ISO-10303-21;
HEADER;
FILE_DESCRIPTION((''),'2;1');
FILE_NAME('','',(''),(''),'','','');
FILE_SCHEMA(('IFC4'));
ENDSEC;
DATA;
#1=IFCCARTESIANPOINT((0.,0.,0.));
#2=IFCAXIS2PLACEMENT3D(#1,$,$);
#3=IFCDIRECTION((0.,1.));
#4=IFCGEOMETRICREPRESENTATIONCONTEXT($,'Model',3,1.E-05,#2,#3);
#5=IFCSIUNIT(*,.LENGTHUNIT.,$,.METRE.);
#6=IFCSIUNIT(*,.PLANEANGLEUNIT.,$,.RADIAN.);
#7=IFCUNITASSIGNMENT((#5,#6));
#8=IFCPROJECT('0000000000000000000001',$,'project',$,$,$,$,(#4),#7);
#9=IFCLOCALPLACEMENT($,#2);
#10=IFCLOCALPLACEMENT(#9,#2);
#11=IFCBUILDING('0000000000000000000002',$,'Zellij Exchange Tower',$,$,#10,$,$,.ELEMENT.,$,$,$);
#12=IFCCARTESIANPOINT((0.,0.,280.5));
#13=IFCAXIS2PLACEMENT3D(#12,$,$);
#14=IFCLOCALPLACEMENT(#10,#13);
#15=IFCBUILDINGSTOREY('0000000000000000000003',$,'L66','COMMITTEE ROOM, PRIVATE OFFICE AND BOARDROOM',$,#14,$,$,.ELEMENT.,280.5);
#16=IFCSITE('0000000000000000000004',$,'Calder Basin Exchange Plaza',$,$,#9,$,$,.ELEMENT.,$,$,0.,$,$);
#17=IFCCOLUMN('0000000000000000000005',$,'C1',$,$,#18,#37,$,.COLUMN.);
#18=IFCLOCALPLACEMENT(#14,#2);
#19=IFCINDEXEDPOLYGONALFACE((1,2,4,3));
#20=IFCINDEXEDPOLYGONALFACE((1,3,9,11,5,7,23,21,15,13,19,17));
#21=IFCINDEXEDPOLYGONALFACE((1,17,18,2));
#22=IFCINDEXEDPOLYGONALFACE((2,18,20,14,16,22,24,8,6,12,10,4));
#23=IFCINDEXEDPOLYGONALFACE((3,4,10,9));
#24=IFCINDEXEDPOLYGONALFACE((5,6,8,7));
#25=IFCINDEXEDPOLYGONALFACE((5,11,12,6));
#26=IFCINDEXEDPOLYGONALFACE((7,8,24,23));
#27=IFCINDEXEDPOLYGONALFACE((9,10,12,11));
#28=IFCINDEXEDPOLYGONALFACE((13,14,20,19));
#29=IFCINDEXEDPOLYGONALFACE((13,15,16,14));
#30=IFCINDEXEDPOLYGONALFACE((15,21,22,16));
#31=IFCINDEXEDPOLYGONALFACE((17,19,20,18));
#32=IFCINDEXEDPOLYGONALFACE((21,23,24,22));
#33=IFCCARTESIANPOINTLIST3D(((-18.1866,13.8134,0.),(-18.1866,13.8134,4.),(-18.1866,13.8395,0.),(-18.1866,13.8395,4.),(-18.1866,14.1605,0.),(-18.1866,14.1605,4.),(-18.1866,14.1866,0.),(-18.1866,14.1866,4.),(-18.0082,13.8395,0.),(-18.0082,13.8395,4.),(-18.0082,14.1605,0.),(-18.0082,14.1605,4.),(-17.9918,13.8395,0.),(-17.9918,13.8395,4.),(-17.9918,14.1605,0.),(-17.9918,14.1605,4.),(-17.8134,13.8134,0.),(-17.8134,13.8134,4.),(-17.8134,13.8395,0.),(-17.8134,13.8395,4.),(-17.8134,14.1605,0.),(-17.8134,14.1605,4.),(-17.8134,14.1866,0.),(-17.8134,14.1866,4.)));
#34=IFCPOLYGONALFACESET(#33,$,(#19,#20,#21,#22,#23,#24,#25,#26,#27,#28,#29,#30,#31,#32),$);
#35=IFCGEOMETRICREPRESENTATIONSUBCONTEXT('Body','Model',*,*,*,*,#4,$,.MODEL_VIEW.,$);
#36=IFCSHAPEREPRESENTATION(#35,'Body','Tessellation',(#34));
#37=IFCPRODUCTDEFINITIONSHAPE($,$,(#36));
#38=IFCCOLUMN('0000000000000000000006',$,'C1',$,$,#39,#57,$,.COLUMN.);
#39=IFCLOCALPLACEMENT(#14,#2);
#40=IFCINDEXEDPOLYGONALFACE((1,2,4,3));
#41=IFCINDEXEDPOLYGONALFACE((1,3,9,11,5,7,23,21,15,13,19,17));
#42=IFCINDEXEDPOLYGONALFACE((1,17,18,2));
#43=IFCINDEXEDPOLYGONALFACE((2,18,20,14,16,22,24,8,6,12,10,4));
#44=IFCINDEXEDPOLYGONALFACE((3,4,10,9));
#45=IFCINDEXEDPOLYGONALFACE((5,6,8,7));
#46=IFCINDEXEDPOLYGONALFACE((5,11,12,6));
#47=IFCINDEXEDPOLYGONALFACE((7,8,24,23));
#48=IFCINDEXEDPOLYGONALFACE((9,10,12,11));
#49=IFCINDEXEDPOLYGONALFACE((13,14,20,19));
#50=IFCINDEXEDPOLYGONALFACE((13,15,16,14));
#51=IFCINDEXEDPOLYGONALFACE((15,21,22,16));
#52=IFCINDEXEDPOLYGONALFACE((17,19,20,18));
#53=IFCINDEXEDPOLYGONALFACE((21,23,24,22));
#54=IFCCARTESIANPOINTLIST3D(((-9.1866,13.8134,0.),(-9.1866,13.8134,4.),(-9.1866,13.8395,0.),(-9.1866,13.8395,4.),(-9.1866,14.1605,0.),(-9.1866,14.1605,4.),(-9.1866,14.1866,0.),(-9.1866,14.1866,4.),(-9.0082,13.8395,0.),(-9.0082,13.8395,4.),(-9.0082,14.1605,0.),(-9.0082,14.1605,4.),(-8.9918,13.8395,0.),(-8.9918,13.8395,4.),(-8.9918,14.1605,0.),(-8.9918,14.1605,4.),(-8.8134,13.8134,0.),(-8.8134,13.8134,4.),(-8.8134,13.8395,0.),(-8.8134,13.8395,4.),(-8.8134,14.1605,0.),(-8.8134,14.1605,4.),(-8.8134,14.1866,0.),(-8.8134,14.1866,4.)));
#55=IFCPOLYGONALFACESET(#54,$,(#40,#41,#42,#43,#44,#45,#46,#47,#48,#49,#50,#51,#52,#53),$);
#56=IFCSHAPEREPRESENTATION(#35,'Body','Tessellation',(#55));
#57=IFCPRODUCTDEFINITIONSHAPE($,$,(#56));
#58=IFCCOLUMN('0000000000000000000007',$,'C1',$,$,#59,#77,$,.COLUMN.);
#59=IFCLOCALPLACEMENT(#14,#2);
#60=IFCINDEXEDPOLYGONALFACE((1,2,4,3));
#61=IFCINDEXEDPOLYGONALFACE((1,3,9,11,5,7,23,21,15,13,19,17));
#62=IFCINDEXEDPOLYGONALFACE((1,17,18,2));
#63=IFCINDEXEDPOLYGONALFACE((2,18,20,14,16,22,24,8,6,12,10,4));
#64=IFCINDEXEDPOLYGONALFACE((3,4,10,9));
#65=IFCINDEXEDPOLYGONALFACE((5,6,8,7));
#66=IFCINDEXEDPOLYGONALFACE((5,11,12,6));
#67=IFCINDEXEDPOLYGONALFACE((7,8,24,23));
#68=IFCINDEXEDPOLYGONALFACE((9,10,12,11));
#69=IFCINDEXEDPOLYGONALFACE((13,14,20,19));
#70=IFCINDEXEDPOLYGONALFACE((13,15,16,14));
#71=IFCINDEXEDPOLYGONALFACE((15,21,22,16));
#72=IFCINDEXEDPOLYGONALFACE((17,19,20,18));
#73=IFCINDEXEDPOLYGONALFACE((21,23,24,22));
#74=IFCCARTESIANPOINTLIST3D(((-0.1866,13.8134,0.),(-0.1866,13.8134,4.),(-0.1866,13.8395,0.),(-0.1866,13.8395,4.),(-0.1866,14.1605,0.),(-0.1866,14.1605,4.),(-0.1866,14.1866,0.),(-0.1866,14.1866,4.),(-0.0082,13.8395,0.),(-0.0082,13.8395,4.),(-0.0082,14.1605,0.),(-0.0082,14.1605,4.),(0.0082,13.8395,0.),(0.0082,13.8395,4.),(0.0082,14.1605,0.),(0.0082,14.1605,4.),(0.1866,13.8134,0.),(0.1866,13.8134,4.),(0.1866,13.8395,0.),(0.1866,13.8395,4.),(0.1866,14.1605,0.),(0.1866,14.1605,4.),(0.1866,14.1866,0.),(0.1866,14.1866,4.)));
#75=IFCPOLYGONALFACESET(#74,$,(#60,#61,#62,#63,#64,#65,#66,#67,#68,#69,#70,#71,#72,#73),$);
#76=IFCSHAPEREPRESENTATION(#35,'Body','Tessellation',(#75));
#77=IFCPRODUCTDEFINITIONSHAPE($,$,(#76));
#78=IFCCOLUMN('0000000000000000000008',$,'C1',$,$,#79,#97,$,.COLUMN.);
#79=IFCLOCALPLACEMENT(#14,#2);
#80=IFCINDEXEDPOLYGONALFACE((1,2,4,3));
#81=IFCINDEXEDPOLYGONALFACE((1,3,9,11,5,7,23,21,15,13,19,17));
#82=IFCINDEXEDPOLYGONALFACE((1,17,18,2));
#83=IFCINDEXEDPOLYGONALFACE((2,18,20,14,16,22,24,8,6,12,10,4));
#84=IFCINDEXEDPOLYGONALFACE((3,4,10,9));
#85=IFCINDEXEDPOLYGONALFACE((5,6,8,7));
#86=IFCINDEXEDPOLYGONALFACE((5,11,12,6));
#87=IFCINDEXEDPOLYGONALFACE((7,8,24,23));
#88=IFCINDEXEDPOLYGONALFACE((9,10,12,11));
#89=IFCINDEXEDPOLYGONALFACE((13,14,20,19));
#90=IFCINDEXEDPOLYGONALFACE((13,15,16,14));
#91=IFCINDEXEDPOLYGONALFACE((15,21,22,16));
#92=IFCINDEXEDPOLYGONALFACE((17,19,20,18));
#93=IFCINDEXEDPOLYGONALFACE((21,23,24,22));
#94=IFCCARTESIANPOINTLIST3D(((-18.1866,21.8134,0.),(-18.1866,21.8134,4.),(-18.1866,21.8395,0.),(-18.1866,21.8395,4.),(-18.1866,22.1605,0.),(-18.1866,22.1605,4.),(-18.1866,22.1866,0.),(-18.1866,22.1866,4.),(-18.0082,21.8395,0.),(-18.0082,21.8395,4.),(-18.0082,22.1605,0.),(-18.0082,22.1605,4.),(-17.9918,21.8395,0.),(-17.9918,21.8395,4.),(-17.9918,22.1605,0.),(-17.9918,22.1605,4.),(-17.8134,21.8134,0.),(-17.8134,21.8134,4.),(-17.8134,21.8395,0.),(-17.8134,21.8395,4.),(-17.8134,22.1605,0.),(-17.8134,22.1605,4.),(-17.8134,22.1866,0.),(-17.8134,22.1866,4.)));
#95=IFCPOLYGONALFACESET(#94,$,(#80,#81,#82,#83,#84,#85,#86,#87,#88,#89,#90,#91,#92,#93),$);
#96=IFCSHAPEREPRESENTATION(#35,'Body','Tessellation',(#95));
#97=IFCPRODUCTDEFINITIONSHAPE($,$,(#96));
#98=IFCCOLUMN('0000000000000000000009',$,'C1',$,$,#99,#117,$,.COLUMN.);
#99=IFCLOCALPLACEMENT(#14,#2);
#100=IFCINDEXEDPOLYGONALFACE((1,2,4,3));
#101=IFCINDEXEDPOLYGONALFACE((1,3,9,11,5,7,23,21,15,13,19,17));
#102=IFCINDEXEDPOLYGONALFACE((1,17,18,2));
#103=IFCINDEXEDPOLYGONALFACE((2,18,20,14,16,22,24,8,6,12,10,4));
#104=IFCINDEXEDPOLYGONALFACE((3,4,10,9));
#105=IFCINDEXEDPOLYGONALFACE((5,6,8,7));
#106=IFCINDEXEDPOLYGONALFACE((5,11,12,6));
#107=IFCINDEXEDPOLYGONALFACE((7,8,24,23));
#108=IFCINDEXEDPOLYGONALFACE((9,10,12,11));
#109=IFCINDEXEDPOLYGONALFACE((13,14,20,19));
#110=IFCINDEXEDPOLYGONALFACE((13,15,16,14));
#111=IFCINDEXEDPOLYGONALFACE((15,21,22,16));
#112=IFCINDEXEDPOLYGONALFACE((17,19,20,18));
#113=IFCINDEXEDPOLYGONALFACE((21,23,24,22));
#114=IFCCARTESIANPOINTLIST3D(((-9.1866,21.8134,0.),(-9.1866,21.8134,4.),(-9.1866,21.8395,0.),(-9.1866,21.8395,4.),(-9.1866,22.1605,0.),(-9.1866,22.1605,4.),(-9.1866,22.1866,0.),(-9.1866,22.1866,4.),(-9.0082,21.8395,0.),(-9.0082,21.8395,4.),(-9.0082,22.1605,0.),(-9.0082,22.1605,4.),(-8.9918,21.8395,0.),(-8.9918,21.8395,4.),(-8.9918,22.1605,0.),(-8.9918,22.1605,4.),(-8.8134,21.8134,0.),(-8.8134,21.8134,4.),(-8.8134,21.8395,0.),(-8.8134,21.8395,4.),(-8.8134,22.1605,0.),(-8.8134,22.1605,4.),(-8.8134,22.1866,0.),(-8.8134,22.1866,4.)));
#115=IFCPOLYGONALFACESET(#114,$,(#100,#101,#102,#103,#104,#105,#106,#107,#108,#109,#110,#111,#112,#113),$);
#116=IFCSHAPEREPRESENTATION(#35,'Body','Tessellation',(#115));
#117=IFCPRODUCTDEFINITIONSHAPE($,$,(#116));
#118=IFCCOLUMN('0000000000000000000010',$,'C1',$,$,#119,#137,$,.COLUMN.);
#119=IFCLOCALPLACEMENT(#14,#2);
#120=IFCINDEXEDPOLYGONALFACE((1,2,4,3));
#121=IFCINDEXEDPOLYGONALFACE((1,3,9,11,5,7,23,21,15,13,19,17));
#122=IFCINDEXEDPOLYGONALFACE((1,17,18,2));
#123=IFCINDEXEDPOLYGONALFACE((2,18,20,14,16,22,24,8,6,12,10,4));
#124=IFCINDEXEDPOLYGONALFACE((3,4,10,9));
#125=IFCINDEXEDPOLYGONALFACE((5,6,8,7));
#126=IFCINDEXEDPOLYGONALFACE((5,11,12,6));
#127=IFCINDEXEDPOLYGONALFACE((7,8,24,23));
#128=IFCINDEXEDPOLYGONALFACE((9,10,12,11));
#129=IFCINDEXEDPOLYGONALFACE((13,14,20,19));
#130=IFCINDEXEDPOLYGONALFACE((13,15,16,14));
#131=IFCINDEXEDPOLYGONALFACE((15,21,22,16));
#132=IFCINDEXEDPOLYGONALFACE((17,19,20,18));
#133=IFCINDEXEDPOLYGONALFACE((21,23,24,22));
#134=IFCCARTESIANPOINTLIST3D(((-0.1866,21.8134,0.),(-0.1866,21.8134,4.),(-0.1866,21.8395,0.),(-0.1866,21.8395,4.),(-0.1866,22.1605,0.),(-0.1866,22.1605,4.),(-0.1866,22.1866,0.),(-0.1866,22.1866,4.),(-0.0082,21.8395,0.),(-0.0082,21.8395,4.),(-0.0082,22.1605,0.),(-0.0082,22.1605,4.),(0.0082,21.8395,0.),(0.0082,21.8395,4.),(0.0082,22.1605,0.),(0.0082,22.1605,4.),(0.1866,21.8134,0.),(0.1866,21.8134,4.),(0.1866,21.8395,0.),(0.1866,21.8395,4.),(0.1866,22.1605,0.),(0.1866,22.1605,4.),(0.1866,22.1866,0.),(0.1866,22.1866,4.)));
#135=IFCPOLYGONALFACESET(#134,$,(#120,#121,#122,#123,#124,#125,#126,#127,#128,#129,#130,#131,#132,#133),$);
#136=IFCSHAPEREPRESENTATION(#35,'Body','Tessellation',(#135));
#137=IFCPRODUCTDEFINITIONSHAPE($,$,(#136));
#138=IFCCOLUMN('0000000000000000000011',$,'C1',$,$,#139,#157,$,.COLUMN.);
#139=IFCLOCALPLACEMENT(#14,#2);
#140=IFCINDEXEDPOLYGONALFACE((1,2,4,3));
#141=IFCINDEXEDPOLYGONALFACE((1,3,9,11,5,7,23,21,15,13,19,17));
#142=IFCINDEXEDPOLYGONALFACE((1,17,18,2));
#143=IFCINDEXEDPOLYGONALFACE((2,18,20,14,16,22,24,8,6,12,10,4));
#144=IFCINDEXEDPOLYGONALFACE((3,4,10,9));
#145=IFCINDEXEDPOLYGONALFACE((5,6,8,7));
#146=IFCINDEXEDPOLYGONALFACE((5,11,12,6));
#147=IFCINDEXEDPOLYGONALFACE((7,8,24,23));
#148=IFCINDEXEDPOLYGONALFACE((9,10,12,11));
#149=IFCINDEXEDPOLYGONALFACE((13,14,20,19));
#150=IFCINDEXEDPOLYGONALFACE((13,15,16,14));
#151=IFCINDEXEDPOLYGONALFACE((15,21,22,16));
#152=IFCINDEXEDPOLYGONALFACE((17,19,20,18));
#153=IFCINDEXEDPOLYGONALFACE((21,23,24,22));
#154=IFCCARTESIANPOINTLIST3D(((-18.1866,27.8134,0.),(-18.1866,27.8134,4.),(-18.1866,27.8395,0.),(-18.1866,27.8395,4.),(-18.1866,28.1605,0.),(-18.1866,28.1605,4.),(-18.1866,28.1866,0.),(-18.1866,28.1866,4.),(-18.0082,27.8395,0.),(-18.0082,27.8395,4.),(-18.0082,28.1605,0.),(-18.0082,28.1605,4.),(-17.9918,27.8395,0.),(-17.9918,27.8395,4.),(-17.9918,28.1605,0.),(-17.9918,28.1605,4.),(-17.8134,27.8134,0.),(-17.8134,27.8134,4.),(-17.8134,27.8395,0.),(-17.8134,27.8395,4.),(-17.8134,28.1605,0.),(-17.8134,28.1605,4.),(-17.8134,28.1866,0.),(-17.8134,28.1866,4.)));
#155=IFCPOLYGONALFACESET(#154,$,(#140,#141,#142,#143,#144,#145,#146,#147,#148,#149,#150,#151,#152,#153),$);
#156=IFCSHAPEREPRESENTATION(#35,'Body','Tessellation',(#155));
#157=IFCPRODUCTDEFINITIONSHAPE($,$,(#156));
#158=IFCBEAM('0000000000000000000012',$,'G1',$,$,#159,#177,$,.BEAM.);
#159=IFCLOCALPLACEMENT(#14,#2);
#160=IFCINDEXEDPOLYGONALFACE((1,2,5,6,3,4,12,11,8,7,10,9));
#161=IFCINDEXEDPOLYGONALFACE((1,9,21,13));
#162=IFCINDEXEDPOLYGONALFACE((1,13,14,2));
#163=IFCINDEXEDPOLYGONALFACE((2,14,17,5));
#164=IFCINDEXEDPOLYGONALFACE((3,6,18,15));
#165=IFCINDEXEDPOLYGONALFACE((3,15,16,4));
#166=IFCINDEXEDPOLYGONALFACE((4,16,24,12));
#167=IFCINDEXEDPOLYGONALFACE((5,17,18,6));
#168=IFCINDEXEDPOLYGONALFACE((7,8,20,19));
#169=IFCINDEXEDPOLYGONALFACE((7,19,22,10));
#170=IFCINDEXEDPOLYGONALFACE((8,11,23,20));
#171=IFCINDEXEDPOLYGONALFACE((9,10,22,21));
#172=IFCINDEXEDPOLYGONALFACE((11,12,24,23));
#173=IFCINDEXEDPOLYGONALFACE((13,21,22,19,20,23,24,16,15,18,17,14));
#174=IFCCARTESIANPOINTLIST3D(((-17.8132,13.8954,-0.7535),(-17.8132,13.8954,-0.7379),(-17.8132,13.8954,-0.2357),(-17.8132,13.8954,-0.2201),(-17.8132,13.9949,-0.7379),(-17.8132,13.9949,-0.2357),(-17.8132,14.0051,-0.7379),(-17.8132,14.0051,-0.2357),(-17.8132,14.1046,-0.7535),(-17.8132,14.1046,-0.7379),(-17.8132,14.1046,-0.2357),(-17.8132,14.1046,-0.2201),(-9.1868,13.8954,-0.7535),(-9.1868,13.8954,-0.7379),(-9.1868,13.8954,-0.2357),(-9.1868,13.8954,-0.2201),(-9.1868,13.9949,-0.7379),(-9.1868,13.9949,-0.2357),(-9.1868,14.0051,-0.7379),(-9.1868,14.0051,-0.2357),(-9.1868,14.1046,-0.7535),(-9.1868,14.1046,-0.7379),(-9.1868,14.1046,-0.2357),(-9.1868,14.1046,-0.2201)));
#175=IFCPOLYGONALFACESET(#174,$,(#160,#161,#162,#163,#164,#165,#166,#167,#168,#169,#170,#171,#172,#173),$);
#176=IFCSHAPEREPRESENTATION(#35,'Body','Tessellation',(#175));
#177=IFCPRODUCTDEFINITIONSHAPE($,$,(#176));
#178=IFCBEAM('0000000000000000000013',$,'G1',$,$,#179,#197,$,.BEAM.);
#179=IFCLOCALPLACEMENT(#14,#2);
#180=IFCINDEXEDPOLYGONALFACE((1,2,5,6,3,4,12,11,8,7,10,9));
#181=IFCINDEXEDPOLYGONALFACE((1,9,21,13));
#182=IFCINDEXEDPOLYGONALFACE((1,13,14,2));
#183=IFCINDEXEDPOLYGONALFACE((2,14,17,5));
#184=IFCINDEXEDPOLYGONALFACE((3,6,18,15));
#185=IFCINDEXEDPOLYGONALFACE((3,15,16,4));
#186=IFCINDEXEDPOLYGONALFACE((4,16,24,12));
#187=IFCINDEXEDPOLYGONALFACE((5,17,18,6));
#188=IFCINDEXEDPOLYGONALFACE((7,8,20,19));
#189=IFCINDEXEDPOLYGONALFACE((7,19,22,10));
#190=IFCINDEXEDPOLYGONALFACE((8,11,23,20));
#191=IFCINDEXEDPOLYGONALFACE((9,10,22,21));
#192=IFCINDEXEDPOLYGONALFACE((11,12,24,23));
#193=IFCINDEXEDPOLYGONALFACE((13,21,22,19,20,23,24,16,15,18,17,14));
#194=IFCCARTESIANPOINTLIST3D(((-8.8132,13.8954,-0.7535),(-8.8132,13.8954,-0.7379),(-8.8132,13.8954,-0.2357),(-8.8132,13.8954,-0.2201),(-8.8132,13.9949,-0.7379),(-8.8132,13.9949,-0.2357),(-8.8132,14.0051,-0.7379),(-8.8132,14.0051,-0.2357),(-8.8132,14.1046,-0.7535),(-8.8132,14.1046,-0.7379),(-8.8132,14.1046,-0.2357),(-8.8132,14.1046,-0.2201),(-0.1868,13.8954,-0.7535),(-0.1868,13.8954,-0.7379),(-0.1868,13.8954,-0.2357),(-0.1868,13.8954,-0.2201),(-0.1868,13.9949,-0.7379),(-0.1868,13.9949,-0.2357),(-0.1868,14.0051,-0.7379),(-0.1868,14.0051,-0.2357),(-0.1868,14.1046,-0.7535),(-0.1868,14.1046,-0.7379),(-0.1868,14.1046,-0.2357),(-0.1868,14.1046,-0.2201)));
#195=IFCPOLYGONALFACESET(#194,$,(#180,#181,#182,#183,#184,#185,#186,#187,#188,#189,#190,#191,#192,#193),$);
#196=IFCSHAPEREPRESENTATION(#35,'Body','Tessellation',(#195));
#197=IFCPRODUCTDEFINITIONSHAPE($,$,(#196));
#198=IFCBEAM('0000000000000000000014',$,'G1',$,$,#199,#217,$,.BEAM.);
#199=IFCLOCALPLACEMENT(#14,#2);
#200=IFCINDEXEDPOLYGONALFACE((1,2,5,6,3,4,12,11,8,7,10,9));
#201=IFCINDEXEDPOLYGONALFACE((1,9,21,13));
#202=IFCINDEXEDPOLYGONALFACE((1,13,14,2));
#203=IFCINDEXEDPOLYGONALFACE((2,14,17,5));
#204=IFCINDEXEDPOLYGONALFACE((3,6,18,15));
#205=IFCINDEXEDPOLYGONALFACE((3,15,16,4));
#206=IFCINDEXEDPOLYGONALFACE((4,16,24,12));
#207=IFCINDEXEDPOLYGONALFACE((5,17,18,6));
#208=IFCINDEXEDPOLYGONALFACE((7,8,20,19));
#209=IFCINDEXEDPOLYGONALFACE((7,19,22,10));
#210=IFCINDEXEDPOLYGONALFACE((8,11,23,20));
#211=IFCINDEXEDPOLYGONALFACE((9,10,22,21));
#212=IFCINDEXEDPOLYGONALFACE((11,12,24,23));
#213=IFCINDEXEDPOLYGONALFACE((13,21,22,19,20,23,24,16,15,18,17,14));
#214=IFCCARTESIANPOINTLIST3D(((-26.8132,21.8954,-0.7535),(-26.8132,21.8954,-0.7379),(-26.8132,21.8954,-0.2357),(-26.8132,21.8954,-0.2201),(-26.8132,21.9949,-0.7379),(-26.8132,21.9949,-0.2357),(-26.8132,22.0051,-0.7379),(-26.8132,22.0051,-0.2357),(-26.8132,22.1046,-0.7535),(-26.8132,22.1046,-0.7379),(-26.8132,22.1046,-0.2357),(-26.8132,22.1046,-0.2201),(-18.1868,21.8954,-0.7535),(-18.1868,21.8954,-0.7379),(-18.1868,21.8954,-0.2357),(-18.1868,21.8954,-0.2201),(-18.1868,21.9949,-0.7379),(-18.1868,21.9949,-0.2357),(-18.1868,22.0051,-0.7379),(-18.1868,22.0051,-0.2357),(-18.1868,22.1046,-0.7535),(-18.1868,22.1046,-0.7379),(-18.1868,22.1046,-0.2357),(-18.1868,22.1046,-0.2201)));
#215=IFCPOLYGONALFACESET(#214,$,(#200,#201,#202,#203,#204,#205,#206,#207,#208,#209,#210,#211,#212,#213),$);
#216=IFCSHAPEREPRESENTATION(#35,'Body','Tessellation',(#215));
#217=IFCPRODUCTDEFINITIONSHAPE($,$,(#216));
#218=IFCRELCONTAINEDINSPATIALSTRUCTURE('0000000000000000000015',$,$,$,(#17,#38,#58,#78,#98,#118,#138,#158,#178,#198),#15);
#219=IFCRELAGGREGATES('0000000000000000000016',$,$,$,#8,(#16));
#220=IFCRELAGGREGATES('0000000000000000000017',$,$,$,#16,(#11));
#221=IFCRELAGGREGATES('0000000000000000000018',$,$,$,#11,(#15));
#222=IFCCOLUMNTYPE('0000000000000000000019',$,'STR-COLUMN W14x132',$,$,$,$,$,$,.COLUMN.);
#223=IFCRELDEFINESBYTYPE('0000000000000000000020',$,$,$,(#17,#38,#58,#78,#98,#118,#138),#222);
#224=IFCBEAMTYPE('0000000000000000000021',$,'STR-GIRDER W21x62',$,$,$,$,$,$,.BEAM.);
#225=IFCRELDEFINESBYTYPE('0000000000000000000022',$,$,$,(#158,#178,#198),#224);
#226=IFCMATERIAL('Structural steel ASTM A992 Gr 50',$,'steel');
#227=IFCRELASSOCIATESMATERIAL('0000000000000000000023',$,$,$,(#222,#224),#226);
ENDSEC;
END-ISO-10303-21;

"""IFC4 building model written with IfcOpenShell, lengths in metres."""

from ifc_helpers import new_model, si_unit, direction, frame, origin, origin_2d, place, context, subcontext, project, spatial, i_section, extrude, material, material_profile, profile_set, type_object, element, save


model = new_model("IFC4")

# Units and contexts
model_context = context("Model", 3, precision=1e-05, world=origin(), true_north=direction((0.0, 1.0)))
body_context = subcontext(model_context, "Body", "Model", "MODEL_VIEW")
ifc_project = project(units=[si_unit("LENGTHUNIT", "METRE"), si_unit("PLANEANGLEUNIT", "RADIAN")], contexts=[model_context])

# Site, building, storey
site_placement = place(None, origin())
site = spatial("IfcSite", under=ifc_project, at=site_placement, Name="Calder Basin Exchange Plaza", CompositionType="ELEMENT", RefElevation=0.0)
building_placement = place(site_placement, origin())
building = spatial("IfcBuilding", under=site, at=building_placement, Name="Zellij Exchange Tower", CompositionType="ELEMENT")
storey_placement = place(building_placement, frame((0.0, 0.0, 280.5)))
storey = spatial("IfcBuildingStorey", under=building, at=storey_placement, Name="L66", Description="COMMITTEE ROOM, PRIVATE OFFICE AND BOARDROOM", CompositionType="ELEMENT", Elevation=280.5)

# Columns
ifc_material_1 = material(Name="Structural steel ASTM A992 Gr 50", Category="steel")
ifc_material_profile_1 = material_profile(ifc_material_1, i_section(OverallWidth=0.3733, OverallDepth=0.3733, WebThickness=0.0164, FlangeThickness=0.0261, at=origin_2d()), Name="W14x132")
ifc_profile_set_1 = profile_set([ifc_material_profile_1], Name="Structural steel ASTM A992 Gr 50")
column_type = type_object("IfcColumnType", Name="STR-COLUMN W14x132", PredefinedType="COLUMN", material=ifc_profile_set_1)
for number, where, z_axis, x_axis, name in (
    (1, (-18.0, 14.0, 0.0), (0.0, 0.0, 1.0), (1.0, 0.0, 0.0), "C1"),
    (2, (-9.0, 14.0, 0.0), (0.0, 0.0, 1.0), (1.0, 0.0, 0.0), "C1"),
    (3, (0.0, 14.0, 0.0), (0.0, 0.0, 1.0), (1.0, 0.0, 0.0), "C1"),
    (4, (-18.0, 22.0, 0.0), (0.0, 0.0, 1.0), (1.0, 0.0, 0.0), "C1"),
    (5, (-9.0, 22.0, 0.0), (0.0, 0.0, 1.0), (1.0, 0.0, 0.0), "C1"),
    (6, (0.0, 22.0, 0.0), (0.0, 0.0, 1.0), (1.0, 0.0, 0.0), "C1"),
    (7, (-18.0, 28.0, 0.0), (0.0, 0.0, 1.0), (1.0, 0.0, 0.0), "C1"),
):
    element("IfcColumn", number, at=place(storey_placement, frame(where, z_axis=z_axis, x_axis=x_axis)), inside=storey, type_object=column_type, Name=name, PredefinedType="COLUMN", context=body_context, shape_type="SweptSolid", body=[
        extrude(i_section(OverallWidth=0.3733, OverallDepth=0.3733, WebThickness=0.0164, FlangeThickness=0.0261, at=origin_2d()), origin(), (0.0, 0.0, 1.0), 4.0),
    ])

# Beams
ifc_material_profile_2 = material_profile(ifc_material_1, i_section(OverallWidth=0.2092, OverallDepth=0.5334, WebThickness=0.0103, FlangeThickness=0.0156, at=origin_2d()), Name="W21x62")
ifc_profile_set_2 = profile_set([ifc_material_profile_2], Name="Structural steel ASTM A992 Gr 50")
beam_type = type_object("IfcBeamType", Name="STR-GIRDER W21x62", PredefinedType="BEAM", material=ifc_profile_set_2)
for number, where, z_axis, x_axis, name in (
    (8, (-17.8132, 14.0, -0.4868), (1.0, 0.0, 0.0), (0.0, 1.0, 0.0), "G1"),
    (9, (-8.8132, 14.0, -0.4868), (1.0, 0.0, 0.0), (0.0, 1.0, 0.0), "G1"),
    (10, (-26.8132, 22.0, -0.4868), (1.0, 0.0, 0.0), (0.0, 1.0, 0.0), "G1"),
):
    element("IfcBeam", number, at=place(storey_placement, frame(where, z_axis=z_axis, x_axis=x_axis)), inside=storey, type_object=beam_type, Name=name, PredefinedType="BEAM", context=body_context, shape_type="SweptSolid", body=[
        extrude(i_section(OverallWidth=0.2092, OverallDepth=0.5334, WebThickness=0.0103, FlangeThickness=0.0156, at=origin_2d()), origin(), (0.0, 0.0, 1.0), 8.6265),
    ])

save(model, "model.ifc")
